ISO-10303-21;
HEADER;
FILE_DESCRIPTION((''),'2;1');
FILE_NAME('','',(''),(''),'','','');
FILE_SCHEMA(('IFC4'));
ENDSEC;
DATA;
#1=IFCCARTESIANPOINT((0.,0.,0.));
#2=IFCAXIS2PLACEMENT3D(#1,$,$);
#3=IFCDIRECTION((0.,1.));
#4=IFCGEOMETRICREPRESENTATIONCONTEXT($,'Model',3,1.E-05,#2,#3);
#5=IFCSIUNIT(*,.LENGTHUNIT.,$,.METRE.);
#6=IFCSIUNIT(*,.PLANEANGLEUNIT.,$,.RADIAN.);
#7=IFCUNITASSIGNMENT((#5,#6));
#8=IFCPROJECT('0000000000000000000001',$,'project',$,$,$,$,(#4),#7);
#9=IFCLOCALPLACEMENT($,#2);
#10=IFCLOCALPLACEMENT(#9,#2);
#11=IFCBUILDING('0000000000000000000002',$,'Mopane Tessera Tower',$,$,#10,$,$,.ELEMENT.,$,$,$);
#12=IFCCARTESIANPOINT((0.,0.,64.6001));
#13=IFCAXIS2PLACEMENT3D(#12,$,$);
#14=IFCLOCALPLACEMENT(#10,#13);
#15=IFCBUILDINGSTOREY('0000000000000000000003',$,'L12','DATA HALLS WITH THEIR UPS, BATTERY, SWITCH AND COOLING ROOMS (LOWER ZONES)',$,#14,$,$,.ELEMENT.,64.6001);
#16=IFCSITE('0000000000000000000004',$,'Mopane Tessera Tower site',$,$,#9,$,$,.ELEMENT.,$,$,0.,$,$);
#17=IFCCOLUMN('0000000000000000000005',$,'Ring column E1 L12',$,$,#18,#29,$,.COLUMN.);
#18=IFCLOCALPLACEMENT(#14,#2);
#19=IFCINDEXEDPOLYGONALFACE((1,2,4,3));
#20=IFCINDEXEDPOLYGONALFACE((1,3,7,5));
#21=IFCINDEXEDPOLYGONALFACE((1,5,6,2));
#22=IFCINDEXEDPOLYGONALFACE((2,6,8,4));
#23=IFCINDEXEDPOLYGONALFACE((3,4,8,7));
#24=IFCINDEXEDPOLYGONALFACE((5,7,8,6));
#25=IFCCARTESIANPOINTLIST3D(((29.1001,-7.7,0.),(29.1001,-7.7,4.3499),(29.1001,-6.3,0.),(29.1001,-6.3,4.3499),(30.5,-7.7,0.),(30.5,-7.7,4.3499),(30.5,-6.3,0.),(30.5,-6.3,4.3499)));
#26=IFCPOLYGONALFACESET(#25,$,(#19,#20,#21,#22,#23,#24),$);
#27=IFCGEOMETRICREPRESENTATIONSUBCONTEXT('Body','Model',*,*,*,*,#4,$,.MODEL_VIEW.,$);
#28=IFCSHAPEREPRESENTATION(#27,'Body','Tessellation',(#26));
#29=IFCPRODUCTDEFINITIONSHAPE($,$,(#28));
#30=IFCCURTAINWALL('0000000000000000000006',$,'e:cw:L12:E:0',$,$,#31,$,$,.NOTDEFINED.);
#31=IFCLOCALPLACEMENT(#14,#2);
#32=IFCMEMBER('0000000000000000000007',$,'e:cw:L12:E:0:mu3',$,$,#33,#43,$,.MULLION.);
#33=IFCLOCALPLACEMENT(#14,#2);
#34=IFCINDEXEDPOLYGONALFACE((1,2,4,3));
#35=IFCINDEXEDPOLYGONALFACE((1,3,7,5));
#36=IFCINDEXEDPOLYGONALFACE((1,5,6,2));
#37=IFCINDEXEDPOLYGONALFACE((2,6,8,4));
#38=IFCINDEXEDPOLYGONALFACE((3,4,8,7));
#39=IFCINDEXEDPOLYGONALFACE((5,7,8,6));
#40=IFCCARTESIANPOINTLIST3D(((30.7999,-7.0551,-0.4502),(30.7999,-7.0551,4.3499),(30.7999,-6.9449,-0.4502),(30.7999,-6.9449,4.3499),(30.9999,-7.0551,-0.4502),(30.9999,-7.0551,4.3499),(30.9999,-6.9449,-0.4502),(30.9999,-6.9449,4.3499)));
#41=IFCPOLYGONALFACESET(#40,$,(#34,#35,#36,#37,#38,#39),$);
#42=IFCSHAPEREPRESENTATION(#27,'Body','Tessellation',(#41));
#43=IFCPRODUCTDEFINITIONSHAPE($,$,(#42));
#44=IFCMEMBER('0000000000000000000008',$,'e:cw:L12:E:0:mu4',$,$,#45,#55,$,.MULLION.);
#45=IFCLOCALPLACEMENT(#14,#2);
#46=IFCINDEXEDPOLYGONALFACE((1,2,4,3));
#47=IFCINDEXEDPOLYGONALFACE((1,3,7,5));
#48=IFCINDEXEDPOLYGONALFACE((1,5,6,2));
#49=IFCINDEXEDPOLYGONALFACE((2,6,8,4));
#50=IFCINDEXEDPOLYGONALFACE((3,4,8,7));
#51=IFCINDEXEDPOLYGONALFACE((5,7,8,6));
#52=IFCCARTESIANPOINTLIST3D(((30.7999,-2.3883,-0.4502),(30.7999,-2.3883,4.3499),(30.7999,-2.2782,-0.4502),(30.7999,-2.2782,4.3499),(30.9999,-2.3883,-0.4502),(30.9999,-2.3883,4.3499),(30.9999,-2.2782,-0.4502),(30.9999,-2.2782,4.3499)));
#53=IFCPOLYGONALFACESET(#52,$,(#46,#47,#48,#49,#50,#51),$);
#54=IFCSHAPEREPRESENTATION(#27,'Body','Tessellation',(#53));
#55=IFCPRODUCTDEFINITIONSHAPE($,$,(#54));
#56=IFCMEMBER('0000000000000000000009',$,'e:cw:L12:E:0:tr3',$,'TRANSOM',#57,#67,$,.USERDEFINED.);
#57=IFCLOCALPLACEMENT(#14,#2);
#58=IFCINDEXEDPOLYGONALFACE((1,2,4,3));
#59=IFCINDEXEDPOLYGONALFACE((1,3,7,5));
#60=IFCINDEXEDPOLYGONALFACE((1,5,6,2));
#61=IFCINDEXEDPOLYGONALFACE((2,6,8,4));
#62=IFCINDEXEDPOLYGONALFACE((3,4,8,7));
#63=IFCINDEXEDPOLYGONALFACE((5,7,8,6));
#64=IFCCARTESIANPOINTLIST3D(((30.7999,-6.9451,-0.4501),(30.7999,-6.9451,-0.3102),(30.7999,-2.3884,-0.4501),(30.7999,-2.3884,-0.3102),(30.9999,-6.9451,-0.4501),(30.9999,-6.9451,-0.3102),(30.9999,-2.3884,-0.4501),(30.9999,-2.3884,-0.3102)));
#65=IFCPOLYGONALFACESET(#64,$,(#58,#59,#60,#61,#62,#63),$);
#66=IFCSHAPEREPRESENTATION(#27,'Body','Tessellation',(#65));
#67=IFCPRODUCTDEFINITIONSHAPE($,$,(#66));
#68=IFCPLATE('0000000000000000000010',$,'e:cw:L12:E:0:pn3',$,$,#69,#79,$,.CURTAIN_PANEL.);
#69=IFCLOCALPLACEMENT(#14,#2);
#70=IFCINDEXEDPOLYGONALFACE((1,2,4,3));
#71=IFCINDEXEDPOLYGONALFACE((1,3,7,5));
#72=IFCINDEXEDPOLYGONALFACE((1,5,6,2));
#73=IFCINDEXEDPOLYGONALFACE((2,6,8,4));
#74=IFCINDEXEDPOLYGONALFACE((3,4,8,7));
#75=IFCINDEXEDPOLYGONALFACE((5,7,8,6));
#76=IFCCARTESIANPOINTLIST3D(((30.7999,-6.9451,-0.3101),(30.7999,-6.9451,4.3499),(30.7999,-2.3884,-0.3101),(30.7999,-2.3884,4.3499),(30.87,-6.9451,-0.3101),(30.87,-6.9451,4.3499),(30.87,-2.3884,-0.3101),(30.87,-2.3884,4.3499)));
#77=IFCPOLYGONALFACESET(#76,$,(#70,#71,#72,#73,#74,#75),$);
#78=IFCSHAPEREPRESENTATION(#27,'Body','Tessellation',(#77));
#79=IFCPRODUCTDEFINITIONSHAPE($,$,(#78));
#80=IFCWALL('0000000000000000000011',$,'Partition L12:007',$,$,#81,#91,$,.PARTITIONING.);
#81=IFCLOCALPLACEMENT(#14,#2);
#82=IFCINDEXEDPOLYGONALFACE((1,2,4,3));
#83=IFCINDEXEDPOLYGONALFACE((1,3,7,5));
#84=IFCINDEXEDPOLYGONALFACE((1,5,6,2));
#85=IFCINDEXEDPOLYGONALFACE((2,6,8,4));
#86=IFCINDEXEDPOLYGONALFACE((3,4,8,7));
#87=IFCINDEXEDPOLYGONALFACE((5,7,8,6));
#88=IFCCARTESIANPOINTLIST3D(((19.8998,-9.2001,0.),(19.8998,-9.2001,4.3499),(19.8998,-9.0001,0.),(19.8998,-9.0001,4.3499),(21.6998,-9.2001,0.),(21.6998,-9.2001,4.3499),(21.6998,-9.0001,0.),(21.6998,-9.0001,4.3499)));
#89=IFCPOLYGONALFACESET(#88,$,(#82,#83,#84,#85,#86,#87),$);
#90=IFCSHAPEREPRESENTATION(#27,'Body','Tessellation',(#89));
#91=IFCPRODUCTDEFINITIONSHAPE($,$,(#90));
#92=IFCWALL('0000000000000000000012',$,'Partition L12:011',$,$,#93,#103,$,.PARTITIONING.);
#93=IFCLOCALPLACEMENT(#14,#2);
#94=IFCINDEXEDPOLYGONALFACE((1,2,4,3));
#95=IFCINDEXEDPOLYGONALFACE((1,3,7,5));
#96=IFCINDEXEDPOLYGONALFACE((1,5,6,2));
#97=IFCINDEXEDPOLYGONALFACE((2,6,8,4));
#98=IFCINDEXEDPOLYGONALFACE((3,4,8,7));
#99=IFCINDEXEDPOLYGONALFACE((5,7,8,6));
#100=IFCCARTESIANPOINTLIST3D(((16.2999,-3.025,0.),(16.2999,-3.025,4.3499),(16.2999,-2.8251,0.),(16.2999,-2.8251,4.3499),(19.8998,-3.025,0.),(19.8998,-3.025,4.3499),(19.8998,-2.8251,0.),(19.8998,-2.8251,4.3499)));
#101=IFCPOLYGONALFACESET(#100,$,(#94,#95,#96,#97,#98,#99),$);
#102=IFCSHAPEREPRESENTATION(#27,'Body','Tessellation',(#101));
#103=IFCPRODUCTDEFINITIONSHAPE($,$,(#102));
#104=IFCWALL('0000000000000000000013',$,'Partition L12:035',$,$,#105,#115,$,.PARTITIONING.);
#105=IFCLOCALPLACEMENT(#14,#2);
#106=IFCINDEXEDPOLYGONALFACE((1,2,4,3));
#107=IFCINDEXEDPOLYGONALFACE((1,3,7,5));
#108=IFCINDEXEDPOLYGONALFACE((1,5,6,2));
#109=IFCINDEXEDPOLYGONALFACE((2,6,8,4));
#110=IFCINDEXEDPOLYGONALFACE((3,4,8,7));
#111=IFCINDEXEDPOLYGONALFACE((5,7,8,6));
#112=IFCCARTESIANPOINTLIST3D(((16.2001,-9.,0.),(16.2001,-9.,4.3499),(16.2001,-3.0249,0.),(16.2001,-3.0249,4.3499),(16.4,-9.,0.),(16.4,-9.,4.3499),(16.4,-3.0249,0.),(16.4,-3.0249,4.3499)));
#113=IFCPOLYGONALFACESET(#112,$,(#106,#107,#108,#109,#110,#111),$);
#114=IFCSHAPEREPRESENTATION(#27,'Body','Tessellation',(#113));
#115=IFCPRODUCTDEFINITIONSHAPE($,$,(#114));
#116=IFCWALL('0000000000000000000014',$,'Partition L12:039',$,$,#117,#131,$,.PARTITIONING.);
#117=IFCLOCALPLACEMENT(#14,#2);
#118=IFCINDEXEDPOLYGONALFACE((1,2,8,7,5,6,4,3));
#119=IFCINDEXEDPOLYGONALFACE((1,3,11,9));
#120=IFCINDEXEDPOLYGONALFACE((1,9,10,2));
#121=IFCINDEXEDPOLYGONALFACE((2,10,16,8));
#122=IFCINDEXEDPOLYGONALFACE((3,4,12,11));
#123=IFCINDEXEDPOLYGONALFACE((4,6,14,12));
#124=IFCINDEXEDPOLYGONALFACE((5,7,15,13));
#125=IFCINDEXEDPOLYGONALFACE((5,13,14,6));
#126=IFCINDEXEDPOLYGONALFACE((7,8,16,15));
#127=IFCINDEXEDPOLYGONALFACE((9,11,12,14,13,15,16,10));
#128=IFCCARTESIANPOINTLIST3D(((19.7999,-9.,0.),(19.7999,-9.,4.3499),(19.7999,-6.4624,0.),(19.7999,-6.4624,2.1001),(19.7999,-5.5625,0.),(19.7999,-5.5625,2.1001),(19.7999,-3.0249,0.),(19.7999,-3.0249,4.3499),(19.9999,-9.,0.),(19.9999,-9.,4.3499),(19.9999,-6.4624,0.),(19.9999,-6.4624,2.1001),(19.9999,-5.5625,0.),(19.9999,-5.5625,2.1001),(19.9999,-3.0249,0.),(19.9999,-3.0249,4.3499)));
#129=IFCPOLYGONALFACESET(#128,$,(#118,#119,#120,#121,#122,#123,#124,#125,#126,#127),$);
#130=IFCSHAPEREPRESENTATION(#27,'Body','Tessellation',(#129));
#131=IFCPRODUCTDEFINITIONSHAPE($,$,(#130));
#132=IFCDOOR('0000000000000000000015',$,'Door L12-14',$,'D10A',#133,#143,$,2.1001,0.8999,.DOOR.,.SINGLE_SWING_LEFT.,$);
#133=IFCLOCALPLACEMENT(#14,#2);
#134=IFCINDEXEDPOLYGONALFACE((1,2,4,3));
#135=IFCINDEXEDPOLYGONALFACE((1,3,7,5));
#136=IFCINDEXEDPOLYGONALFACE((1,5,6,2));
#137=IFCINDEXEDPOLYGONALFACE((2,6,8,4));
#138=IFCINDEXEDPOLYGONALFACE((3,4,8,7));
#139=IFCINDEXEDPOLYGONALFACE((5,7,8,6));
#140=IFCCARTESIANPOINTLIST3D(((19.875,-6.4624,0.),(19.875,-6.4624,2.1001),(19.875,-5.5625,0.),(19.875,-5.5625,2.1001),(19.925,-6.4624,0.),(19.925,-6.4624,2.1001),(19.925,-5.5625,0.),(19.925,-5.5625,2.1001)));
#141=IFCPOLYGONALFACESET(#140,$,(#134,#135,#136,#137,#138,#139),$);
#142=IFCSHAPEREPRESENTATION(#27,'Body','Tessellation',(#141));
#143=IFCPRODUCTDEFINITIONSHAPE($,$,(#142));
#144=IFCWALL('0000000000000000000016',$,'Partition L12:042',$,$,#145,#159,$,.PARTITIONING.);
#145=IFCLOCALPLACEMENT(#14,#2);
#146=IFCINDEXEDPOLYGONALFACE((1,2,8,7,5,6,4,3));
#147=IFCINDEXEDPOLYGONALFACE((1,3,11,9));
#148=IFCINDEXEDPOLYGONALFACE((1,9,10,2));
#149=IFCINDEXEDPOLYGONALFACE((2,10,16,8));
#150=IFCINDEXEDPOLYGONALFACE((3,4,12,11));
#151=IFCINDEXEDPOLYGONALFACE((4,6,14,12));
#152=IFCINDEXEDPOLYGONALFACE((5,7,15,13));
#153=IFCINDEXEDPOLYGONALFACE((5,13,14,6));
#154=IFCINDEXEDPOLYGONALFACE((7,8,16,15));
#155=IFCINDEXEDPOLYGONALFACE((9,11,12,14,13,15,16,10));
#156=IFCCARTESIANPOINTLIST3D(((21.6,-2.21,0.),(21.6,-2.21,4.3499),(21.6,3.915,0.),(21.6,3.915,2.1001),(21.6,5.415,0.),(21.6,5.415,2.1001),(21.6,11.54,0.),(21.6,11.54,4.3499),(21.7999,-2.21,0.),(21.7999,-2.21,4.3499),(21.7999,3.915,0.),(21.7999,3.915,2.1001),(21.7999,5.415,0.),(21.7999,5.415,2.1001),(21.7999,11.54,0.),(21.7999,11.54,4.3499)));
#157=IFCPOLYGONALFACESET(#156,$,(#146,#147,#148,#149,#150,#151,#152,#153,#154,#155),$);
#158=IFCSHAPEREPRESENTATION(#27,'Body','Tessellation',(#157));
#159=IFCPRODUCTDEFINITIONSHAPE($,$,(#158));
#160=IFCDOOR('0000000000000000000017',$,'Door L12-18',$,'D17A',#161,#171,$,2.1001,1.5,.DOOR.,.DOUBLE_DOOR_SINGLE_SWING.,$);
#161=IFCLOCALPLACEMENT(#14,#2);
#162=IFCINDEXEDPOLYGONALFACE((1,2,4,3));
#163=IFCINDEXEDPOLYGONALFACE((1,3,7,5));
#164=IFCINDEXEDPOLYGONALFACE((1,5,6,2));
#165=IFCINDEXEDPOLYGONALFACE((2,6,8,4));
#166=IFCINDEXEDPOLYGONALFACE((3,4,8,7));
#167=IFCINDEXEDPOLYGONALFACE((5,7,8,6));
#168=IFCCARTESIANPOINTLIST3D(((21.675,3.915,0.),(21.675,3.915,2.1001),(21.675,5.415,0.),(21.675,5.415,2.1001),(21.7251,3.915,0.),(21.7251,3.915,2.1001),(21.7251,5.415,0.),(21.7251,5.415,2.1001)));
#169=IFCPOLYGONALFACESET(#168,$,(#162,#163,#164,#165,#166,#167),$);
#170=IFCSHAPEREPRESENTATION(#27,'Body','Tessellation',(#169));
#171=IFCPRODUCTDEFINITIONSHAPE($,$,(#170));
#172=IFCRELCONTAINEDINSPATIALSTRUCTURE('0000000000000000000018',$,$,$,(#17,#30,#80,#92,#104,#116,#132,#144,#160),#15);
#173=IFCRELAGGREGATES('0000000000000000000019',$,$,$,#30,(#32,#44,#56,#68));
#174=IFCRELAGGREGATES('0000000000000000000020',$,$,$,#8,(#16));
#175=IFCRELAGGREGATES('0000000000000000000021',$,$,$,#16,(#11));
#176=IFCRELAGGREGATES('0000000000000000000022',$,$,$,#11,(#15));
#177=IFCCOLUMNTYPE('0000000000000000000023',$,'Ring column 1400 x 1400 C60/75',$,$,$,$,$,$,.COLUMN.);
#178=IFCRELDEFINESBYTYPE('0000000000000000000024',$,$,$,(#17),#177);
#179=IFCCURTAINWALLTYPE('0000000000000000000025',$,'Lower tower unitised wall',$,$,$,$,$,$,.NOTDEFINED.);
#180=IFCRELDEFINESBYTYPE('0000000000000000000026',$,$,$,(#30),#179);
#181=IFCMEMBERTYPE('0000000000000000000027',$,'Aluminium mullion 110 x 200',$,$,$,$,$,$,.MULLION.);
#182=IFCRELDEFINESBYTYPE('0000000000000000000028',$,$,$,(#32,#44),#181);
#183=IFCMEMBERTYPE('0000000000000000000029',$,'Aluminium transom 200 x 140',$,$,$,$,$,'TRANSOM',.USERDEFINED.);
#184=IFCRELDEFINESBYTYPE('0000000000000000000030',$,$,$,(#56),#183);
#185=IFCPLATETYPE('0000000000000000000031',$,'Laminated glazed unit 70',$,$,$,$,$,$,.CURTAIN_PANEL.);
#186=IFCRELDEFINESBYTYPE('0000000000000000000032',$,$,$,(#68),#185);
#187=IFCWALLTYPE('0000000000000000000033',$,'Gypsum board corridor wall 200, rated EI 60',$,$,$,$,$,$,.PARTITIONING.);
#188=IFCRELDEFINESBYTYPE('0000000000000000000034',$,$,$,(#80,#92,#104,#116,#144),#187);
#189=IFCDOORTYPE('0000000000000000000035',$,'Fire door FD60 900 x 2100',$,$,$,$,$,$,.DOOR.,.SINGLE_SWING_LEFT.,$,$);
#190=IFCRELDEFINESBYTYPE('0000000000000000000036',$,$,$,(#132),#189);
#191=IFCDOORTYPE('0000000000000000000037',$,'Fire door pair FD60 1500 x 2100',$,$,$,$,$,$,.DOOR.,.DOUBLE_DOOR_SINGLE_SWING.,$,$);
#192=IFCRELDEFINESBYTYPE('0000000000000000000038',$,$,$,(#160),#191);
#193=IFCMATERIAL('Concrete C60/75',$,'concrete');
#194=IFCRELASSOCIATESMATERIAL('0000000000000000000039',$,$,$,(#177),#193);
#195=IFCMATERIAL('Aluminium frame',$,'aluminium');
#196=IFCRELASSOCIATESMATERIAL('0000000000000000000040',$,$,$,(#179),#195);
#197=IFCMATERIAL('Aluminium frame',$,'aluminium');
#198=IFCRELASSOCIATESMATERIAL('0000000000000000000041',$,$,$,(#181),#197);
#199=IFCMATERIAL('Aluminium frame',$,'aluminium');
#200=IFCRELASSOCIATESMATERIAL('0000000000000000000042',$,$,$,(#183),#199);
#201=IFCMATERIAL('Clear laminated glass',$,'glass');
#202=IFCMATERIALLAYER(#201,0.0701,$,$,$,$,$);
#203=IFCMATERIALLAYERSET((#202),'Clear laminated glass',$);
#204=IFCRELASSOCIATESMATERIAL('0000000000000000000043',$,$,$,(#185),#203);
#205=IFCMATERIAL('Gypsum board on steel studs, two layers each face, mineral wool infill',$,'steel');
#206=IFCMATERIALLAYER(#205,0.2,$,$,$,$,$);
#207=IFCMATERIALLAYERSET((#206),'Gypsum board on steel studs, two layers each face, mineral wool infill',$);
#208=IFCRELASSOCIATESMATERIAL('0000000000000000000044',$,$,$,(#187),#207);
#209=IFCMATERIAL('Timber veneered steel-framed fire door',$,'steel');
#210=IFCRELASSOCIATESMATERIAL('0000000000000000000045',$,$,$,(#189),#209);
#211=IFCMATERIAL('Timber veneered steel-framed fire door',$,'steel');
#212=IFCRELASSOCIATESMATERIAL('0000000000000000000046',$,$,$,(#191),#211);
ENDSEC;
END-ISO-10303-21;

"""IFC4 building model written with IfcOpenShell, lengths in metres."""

from ifc_helpers import new_model, si_unit, direction, frame, frame_2d, origin, origin_2d, place, context, subcontext, project, spatial, rectangle, extrude, material, layer, layer_set, material_profile, profile_set, type_object, element, fill, aggregate, save


model = new_model("IFC4")

# Units and contexts
model_context = context("Model", 3, precision=1e-05, world=origin(), true_north=direction((0.0, 1.0)))
body_context = subcontext(model_context, "Body", "Model", "MODEL_VIEW")
ifc_project = project(units=[si_unit("LENGTHUNIT", "METRE"), si_unit("PLANEANGLEUNIT", "RADIAN")], contexts=[model_context])

# Site, building, storey
site_placement = place(None, origin())
site = spatial("IfcSite", under=ifc_project, at=site_placement, Name="Mopane Tessera Tower site", CompositionType="ELEMENT", RefElevation=0.0)
building_placement = place(site_placement, origin())
building = spatial("IfcBuilding", under=site, at=building_placement, Name="Mopane Tessera Tower", CompositionType="ELEMENT")
storey_placement = place(building_placement, frame((0.0, 0.0, 64.6001)))
storey = spatial("IfcBuildingStorey", under=building, at=storey_placement, Name="L12", Description="DATA HALLS WITH THEIR UPS, BATTERY, SWITCH AND COOLING ROOMS (LOWER ZONES)", CompositionType="ELEMENT", Elevation=64.6001)

# Column
ifc_material_1 = material(Name="Concrete C60/75", Category="concrete")
ifc_material_profile_1 = material_profile(ifc_material_1, rectangle(XDim=1.3999, YDim=1.3999, at=origin_2d()))
ifc_profile_set_1 = profile_set([ifc_material_profile_1], Name="Concrete C60/75")
column_type = type_object("IfcColumnType", Name="Ring column 1400 x 1400 C60/75", PredefinedType="COLUMN", material=ifc_profile_set_1)
column_placement = place(storey_placement, frame((29.8, -7.0, 0.0), z_axis=(0.0, 0.0, 1.0), x_axis=(1.0, 0.0, 0.0)))
element("IfcColumn", 1, at=column_placement, inside=storey, type_object=column_type, Name="Ring column E1 L12", PredefinedType="COLUMN", context=body_context, shape_type="SweptSolid", body=[
    extrude(rectangle(XDim=1.3999, YDim=1.3999, at=origin_2d()), origin(), (0.0, 0.0, 1.0), 4.3499),
])

# Curtain wall, members, plate
ifc_material_2 = material(Name="Aluminium frame", Category="aluminium")
curtain_wall_type = type_object("IfcCurtainWallType", Name="Lower tower unitised wall", PredefinedType="NOTDEFINED", material=ifc_material_2)
curtain_wall_placement = place(storey_placement, origin())
curtain_wall = element("IfcCurtainWall", 2, at=curtain_wall_placement, inside=storey, type_object=curtain_wall_type, Name="e:cw:L12:E:0", PredefinedType="NOTDEFINED")
ifc_material_3 = material(Name="Aluminium frame", Category="aluminium")
ifc_material_profile_2 = material_profile(ifc_material_3, rectangle(XDim=0.1101, YDim=0.2, at=origin_2d()))
ifc_profile_set_2 = profile_set([ifc_material_profile_2], Name="Aluminium frame")
member_type_1 = type_object("IfcMemberType", Name="Aluminium mullion 110 x 200", PredefinedType="MULLION", material=ifc_profile_set_2)
member_1_placement = place(storey_placement, frame((30.8999, -7.0, -0.4502), z_axis=(0.0, 0.0, 1.0), x_axis=(0.0, 1.0, 0.0)))
member_1 = element("IfcMember", 3, at=member_1_placement, type_object=member_type_1, Name="e:cw:L12:E:0:mu3", PredefinedType="MULLION", context=body_context, shape_type="SweptSolid", body=[
    extrude(rectangle(XDim=0.1101, YDim=0.2, at=origin_2d()), origin(), (0.0, 0.0, 1.0), 4.8),
])
member_2_placement = place(storey_placement, frame((30.8999, -2.3333, -0.4502), z_axis=(0.0, 0.0, 1.0), x_axis=(0.0, 1.0, 0.0)))
member_2 = element("IfcMember", 4, at=member_2_placement, type_object=member_type_1, Name="e:cw:L12:E:0:mu4", PredefinedType="MULLION", context=body_context, shape_type="SweptSolid", body=[
    extrude(rectangle(XDim=0.1101, YDim=0.2, at=origin_2d()), origin(), (0.0, 0.0, 1.0), 4.8),
])
ifc_material_4 = material(Name="Aluminium frame", Category="aluminium")
ifc_material_profile_3 = material_profile(ifc_material_4, rectangle(XDim=0.2, YDim=0.1399, at=origin_2d()))
ifc_profile_set_3 = profile_set([ifc_material_profile_3], Name="Aluminium frame")
member_type_2 = type_object("IfcMemberType", Name="Aluminium transom 200 x 140", ElementType="TRANSOM", PredefinedType="USERDEFINED", material=ifc_profile_set_3)
member_3_placement = place(storey_placement, frame((30.8999, -6.9451, -0.3801), z_axis=(0.0, 1.0, 0.0), x_axis=(-1.0, 0.0, 0.0)))
member_3 = element("IfcMember", 5, at=member_3_placement, type_object=member_type_2, Name="e:cw:L12:E:0:tr3", ObjectType="TRANSOM", PredefinedType="USERDEFINED", context=body_context, shape_type="SweptSolid", body=[
    extrude(rectangle(XDim=0.2, YDim=0.1399, at=origin_2d()), origin(), (0.0, 0.0, 1.0), 4.5566),
])
ifc_material_5 = material(Name="Clear laminated glass", Category="glass")
ifc_layer_1 = layer(ifc_material_5, 0.0701)
ifc_layer_set_1 = layer_set([ifc_layer_1], Name="Clear laminated glass")
plate_type = type_object("IfcPlateType", Name="Laminated glazed unit 70", PredefinedType="CURTAIN_PANEL", material=ifc_layer_set_1)
plate_placement = place(storey_placement, frame((30.835, -4.6667, -0.3101), z_axis=(0.0, 0.0, 1.0), x_axis=(0.0, 1.0, 0.0)))
plate = element("IfcPlate", 6, at=plate_placement, type_object=plate_type, Name="e:cw:L12:E:0:pn3", PredefinedType="CURTAIN_PANEL", context=body_context, shape_type="SweptSolid", body=[
    extrude(rectangle(XDim=4.5566, YDim=0.0701, at=origin_2d()), origin(), (0.0, 0.0, 1.0), 4.6599),
])
aggregate(curtain_wall, [member_1, member_2, member_3, plate])

# Walls
ifc_material_6 = material(Name="Gypsum board on steel studs, two layers each face, mineral wool infill", Category="steel")
ifc_layer_2 = layer(ifc_material_6, 0.2)
ifc_layer_set_2 = layer_set([ifc_layer_2], Name="Gypsum board on steel studs, two layers each face, mineral wool infill")
wall_type_1 = type_object("IfcWallType", Name="Gypsum board corridor wall 200, rated EI 60", PredefinedType="PARTITIONING", material=ifc_layer_set_2)
wall_1_placement = place(storey_placement, frame((19.8999, -9.1001, 0.0), z_axis=(0.0, 0.0, 1.0), x_axis=(1.0, 0.0, 0.0)))
element("IfcWall", 7, at=wall_1_placement, inside=storey, type_object=wall_type_1, Name="Partition L12:007", PredefinedType="PARTITIONING", context=body_context, shape_type="SweptSolid", body=[
    extrude(rectangle(XDim=1.8, YDim=0.2, at=frame_2d((0.8999, 0.0))), origin(), (0.0, 0.0, 1.0), 4.3499),
])
wall_2_placement = place(storey_placement, frame((16.3, -2.925, 0.0), z_axis=(0.0, 0.0, 1.0), x_axis=(1.0, 0.0, 0.0)))
element("IfcWall", 8, at=wall_2_placement, inside=storey, type_object=wall_type_1, Name="Partition L12:011", PredefinedType="PARTITIONING", context=body_context, shape_type="SweptSolid", body=[
    extrude(rectangle(XDim=3.5999, YDim=0.2, at=frame_2d((1.7998, 0.0))), origin(), (0.0, 0.0, 1.0), 4.3499),
])
wall_3_placement = place(storey_placement, frame((16.3, -9.0, 0.0), z_axis=(0.0, 0.0, 1.0), x_axis=(0.0, 1.0, 0.0)))
element("IfcWall", 9, at=wall_3_placement, inside=storey, type_object=wall_type_1, Name="Partition L12:035", PredefinedType="PARTITIONING", context=body_context, shape_type="SweptSolid", body=[
    extrude(rectangle(XDim=5.9751, YDim=0.2, at=frame_2d((2.9875, 0.0))), origin(), (0.0, 0.0, 1.0), 4.3499),
])

# Walls, openings, doors
wall_4_placement = place(storey_placement, frame((19.8999, -9.0, 0.0), z_axis=(0.0, 0.0, 1.0), x_axis=(0.0, 1.0, 0.0)))
wall_4 = element("IfcWall", 10, at=wall_4_placement, inside=storey, type_object=wall_type_1, Name="Partition L12:039", PredefinedType="PARTITIONING", context=body_context, shape_type="SweptSolid", body=[
    extrude(rectangle(XDim=5.9751, YDim=0.2, at=frame_2d((2.9875, 0.0))), origin(), (0.0, 0.0, 1.0), 4.3499),
])
opening_1_placement = place(wall_4_placement, frame((2.5376, 0.0, 0.0)))
opening_1 = element("IfcOpeningElement", 11, at=opening_1_placement, cuts=wall_4, PredefinedType="OPENING", context=body_context, shape_type="SweptSolid", body=[
    extrude(rectangle(XDim=0.8999, YDim=2.1001, at=frame_2d((0.45, 1.05))), frame((0.0, 0.1121, 0.0), z_axis=(0.0, -1.0, 0.0), x_axis=(1.0, 0.0, 0.0)), (0.0, 0.0, 1.0), 0.2239),
])
ifc_material_7 = material(Name="Timber veneered steel-framed fire door", Category="steel")
door_type_1 = type_object("IfcDoorType", Name="Fire door FD60 900 x 2100", OperationType="SINGLE_SWING_LEFT", PredefinedType="DOOR", material=ifc_material_7)
door_1_placement = place(opening_1_placement, origin())
door_1 = element("IfcDoor", 12, at=door_1_placement, inside=storey, type_object=door_type_1, Name="Door L12-14", ObjectType="D10A", OperationType="SINGLE_SWING_LEFT", OverallHeight=2.1001, OverallWidth=0.8999, PredefinedType="DOOR", context=body_context, shape_type="SweptSolid", body=[
    extrude(rectangle(XDim=0.8999, YDim=2.1001, at=frame_2d((0.45, 1.05))), frame((0.0, 0.0249, 0.0), z_axis=(0.0, -1.0, 0.0), x_axis=(1.0, 0.0, 0.0)), (0.0, 0.0, 1.0), 0.05),
])
fill(opening_1, door_1)
wall_5_placement = place(storey_placement, frame((21.7, -2.21, 0.0), z_axis=(0.0, 0.0, 1.0), x_axis=(0.0, 1.0, 0.0)))
wall_5 = element("IfcWall", 13, at=wall_5_placement, inside=storey, type_object=wall_type_1, Name="Partition L12:042", PredefinedType="PARTITIONING", context=body_context, shape_type="SweptSolid", body=[
    extrude(rectangle(XDim=13.75, YDim=0.2, at=frame_2d((6.875, 0.0))), origin(), (0.0, 0.0, 1.0), 4.3499),
])
opening_2_placement = place(wall_5_placement, frame((6.125, 0.0, 0.0)))
opening_2 = element("IfcOpeningElement", 14, at=opening_2_placement, cuts=wall_5, PredefinedType="OPENING", context=body_context, shape_type="SweptSolid", body=[
    extrude(rectangle(XDim=1.5, YDim=2.1001, at=frame_2d((0.75, 1.05))), frame((0.0, 0.1121, 0.0), z_axis=(0.0, -1.0, 0.0), x_axis=(1.0, 0.0, 0.0)), (0.0, 0.0, 1.0), 0.2239),
])
ifc_material_8 = material(Name="Timber veneered steel-framed fire door", Category="steel")
door_type_2 = type_object("IfcDoorType", Name="Fire door pair FD60 1500 x 2100", OperationType="DOUBLE_DOOR_SINGLE_SWING", PredefinedType="DOOR", material=ifc_material_8)
door_2_placement = place(opening_2_placement, origin())
door_2 = element("IfcDoor", 15, at=door_2_placement, inside=storey, type_object=door_type_2, Name="Door L12-18", ObjectType="D17A", OperationType="DOUBLE_DOOR_SINGLE_SWING", OverallHeight=2.1001, OverallWidth=1.5, PredefinedType="DOOR", context=body_context, shape_type="SweptSolid", body=[
    extrude(rectangle(XDim=1.5, YDim=2.1001, at=frame_2d((0.75, 1.05))), frame((0.0, 0.0249, 0.0), z_axis=(0.0, -1.0, 0.0), x_axis=(1.0, 0.0, 0.0)), (0.0, 0.0, 1.0), 0.05),
])
fill(opening_2, door_2)

save(model, "model.ifc")
